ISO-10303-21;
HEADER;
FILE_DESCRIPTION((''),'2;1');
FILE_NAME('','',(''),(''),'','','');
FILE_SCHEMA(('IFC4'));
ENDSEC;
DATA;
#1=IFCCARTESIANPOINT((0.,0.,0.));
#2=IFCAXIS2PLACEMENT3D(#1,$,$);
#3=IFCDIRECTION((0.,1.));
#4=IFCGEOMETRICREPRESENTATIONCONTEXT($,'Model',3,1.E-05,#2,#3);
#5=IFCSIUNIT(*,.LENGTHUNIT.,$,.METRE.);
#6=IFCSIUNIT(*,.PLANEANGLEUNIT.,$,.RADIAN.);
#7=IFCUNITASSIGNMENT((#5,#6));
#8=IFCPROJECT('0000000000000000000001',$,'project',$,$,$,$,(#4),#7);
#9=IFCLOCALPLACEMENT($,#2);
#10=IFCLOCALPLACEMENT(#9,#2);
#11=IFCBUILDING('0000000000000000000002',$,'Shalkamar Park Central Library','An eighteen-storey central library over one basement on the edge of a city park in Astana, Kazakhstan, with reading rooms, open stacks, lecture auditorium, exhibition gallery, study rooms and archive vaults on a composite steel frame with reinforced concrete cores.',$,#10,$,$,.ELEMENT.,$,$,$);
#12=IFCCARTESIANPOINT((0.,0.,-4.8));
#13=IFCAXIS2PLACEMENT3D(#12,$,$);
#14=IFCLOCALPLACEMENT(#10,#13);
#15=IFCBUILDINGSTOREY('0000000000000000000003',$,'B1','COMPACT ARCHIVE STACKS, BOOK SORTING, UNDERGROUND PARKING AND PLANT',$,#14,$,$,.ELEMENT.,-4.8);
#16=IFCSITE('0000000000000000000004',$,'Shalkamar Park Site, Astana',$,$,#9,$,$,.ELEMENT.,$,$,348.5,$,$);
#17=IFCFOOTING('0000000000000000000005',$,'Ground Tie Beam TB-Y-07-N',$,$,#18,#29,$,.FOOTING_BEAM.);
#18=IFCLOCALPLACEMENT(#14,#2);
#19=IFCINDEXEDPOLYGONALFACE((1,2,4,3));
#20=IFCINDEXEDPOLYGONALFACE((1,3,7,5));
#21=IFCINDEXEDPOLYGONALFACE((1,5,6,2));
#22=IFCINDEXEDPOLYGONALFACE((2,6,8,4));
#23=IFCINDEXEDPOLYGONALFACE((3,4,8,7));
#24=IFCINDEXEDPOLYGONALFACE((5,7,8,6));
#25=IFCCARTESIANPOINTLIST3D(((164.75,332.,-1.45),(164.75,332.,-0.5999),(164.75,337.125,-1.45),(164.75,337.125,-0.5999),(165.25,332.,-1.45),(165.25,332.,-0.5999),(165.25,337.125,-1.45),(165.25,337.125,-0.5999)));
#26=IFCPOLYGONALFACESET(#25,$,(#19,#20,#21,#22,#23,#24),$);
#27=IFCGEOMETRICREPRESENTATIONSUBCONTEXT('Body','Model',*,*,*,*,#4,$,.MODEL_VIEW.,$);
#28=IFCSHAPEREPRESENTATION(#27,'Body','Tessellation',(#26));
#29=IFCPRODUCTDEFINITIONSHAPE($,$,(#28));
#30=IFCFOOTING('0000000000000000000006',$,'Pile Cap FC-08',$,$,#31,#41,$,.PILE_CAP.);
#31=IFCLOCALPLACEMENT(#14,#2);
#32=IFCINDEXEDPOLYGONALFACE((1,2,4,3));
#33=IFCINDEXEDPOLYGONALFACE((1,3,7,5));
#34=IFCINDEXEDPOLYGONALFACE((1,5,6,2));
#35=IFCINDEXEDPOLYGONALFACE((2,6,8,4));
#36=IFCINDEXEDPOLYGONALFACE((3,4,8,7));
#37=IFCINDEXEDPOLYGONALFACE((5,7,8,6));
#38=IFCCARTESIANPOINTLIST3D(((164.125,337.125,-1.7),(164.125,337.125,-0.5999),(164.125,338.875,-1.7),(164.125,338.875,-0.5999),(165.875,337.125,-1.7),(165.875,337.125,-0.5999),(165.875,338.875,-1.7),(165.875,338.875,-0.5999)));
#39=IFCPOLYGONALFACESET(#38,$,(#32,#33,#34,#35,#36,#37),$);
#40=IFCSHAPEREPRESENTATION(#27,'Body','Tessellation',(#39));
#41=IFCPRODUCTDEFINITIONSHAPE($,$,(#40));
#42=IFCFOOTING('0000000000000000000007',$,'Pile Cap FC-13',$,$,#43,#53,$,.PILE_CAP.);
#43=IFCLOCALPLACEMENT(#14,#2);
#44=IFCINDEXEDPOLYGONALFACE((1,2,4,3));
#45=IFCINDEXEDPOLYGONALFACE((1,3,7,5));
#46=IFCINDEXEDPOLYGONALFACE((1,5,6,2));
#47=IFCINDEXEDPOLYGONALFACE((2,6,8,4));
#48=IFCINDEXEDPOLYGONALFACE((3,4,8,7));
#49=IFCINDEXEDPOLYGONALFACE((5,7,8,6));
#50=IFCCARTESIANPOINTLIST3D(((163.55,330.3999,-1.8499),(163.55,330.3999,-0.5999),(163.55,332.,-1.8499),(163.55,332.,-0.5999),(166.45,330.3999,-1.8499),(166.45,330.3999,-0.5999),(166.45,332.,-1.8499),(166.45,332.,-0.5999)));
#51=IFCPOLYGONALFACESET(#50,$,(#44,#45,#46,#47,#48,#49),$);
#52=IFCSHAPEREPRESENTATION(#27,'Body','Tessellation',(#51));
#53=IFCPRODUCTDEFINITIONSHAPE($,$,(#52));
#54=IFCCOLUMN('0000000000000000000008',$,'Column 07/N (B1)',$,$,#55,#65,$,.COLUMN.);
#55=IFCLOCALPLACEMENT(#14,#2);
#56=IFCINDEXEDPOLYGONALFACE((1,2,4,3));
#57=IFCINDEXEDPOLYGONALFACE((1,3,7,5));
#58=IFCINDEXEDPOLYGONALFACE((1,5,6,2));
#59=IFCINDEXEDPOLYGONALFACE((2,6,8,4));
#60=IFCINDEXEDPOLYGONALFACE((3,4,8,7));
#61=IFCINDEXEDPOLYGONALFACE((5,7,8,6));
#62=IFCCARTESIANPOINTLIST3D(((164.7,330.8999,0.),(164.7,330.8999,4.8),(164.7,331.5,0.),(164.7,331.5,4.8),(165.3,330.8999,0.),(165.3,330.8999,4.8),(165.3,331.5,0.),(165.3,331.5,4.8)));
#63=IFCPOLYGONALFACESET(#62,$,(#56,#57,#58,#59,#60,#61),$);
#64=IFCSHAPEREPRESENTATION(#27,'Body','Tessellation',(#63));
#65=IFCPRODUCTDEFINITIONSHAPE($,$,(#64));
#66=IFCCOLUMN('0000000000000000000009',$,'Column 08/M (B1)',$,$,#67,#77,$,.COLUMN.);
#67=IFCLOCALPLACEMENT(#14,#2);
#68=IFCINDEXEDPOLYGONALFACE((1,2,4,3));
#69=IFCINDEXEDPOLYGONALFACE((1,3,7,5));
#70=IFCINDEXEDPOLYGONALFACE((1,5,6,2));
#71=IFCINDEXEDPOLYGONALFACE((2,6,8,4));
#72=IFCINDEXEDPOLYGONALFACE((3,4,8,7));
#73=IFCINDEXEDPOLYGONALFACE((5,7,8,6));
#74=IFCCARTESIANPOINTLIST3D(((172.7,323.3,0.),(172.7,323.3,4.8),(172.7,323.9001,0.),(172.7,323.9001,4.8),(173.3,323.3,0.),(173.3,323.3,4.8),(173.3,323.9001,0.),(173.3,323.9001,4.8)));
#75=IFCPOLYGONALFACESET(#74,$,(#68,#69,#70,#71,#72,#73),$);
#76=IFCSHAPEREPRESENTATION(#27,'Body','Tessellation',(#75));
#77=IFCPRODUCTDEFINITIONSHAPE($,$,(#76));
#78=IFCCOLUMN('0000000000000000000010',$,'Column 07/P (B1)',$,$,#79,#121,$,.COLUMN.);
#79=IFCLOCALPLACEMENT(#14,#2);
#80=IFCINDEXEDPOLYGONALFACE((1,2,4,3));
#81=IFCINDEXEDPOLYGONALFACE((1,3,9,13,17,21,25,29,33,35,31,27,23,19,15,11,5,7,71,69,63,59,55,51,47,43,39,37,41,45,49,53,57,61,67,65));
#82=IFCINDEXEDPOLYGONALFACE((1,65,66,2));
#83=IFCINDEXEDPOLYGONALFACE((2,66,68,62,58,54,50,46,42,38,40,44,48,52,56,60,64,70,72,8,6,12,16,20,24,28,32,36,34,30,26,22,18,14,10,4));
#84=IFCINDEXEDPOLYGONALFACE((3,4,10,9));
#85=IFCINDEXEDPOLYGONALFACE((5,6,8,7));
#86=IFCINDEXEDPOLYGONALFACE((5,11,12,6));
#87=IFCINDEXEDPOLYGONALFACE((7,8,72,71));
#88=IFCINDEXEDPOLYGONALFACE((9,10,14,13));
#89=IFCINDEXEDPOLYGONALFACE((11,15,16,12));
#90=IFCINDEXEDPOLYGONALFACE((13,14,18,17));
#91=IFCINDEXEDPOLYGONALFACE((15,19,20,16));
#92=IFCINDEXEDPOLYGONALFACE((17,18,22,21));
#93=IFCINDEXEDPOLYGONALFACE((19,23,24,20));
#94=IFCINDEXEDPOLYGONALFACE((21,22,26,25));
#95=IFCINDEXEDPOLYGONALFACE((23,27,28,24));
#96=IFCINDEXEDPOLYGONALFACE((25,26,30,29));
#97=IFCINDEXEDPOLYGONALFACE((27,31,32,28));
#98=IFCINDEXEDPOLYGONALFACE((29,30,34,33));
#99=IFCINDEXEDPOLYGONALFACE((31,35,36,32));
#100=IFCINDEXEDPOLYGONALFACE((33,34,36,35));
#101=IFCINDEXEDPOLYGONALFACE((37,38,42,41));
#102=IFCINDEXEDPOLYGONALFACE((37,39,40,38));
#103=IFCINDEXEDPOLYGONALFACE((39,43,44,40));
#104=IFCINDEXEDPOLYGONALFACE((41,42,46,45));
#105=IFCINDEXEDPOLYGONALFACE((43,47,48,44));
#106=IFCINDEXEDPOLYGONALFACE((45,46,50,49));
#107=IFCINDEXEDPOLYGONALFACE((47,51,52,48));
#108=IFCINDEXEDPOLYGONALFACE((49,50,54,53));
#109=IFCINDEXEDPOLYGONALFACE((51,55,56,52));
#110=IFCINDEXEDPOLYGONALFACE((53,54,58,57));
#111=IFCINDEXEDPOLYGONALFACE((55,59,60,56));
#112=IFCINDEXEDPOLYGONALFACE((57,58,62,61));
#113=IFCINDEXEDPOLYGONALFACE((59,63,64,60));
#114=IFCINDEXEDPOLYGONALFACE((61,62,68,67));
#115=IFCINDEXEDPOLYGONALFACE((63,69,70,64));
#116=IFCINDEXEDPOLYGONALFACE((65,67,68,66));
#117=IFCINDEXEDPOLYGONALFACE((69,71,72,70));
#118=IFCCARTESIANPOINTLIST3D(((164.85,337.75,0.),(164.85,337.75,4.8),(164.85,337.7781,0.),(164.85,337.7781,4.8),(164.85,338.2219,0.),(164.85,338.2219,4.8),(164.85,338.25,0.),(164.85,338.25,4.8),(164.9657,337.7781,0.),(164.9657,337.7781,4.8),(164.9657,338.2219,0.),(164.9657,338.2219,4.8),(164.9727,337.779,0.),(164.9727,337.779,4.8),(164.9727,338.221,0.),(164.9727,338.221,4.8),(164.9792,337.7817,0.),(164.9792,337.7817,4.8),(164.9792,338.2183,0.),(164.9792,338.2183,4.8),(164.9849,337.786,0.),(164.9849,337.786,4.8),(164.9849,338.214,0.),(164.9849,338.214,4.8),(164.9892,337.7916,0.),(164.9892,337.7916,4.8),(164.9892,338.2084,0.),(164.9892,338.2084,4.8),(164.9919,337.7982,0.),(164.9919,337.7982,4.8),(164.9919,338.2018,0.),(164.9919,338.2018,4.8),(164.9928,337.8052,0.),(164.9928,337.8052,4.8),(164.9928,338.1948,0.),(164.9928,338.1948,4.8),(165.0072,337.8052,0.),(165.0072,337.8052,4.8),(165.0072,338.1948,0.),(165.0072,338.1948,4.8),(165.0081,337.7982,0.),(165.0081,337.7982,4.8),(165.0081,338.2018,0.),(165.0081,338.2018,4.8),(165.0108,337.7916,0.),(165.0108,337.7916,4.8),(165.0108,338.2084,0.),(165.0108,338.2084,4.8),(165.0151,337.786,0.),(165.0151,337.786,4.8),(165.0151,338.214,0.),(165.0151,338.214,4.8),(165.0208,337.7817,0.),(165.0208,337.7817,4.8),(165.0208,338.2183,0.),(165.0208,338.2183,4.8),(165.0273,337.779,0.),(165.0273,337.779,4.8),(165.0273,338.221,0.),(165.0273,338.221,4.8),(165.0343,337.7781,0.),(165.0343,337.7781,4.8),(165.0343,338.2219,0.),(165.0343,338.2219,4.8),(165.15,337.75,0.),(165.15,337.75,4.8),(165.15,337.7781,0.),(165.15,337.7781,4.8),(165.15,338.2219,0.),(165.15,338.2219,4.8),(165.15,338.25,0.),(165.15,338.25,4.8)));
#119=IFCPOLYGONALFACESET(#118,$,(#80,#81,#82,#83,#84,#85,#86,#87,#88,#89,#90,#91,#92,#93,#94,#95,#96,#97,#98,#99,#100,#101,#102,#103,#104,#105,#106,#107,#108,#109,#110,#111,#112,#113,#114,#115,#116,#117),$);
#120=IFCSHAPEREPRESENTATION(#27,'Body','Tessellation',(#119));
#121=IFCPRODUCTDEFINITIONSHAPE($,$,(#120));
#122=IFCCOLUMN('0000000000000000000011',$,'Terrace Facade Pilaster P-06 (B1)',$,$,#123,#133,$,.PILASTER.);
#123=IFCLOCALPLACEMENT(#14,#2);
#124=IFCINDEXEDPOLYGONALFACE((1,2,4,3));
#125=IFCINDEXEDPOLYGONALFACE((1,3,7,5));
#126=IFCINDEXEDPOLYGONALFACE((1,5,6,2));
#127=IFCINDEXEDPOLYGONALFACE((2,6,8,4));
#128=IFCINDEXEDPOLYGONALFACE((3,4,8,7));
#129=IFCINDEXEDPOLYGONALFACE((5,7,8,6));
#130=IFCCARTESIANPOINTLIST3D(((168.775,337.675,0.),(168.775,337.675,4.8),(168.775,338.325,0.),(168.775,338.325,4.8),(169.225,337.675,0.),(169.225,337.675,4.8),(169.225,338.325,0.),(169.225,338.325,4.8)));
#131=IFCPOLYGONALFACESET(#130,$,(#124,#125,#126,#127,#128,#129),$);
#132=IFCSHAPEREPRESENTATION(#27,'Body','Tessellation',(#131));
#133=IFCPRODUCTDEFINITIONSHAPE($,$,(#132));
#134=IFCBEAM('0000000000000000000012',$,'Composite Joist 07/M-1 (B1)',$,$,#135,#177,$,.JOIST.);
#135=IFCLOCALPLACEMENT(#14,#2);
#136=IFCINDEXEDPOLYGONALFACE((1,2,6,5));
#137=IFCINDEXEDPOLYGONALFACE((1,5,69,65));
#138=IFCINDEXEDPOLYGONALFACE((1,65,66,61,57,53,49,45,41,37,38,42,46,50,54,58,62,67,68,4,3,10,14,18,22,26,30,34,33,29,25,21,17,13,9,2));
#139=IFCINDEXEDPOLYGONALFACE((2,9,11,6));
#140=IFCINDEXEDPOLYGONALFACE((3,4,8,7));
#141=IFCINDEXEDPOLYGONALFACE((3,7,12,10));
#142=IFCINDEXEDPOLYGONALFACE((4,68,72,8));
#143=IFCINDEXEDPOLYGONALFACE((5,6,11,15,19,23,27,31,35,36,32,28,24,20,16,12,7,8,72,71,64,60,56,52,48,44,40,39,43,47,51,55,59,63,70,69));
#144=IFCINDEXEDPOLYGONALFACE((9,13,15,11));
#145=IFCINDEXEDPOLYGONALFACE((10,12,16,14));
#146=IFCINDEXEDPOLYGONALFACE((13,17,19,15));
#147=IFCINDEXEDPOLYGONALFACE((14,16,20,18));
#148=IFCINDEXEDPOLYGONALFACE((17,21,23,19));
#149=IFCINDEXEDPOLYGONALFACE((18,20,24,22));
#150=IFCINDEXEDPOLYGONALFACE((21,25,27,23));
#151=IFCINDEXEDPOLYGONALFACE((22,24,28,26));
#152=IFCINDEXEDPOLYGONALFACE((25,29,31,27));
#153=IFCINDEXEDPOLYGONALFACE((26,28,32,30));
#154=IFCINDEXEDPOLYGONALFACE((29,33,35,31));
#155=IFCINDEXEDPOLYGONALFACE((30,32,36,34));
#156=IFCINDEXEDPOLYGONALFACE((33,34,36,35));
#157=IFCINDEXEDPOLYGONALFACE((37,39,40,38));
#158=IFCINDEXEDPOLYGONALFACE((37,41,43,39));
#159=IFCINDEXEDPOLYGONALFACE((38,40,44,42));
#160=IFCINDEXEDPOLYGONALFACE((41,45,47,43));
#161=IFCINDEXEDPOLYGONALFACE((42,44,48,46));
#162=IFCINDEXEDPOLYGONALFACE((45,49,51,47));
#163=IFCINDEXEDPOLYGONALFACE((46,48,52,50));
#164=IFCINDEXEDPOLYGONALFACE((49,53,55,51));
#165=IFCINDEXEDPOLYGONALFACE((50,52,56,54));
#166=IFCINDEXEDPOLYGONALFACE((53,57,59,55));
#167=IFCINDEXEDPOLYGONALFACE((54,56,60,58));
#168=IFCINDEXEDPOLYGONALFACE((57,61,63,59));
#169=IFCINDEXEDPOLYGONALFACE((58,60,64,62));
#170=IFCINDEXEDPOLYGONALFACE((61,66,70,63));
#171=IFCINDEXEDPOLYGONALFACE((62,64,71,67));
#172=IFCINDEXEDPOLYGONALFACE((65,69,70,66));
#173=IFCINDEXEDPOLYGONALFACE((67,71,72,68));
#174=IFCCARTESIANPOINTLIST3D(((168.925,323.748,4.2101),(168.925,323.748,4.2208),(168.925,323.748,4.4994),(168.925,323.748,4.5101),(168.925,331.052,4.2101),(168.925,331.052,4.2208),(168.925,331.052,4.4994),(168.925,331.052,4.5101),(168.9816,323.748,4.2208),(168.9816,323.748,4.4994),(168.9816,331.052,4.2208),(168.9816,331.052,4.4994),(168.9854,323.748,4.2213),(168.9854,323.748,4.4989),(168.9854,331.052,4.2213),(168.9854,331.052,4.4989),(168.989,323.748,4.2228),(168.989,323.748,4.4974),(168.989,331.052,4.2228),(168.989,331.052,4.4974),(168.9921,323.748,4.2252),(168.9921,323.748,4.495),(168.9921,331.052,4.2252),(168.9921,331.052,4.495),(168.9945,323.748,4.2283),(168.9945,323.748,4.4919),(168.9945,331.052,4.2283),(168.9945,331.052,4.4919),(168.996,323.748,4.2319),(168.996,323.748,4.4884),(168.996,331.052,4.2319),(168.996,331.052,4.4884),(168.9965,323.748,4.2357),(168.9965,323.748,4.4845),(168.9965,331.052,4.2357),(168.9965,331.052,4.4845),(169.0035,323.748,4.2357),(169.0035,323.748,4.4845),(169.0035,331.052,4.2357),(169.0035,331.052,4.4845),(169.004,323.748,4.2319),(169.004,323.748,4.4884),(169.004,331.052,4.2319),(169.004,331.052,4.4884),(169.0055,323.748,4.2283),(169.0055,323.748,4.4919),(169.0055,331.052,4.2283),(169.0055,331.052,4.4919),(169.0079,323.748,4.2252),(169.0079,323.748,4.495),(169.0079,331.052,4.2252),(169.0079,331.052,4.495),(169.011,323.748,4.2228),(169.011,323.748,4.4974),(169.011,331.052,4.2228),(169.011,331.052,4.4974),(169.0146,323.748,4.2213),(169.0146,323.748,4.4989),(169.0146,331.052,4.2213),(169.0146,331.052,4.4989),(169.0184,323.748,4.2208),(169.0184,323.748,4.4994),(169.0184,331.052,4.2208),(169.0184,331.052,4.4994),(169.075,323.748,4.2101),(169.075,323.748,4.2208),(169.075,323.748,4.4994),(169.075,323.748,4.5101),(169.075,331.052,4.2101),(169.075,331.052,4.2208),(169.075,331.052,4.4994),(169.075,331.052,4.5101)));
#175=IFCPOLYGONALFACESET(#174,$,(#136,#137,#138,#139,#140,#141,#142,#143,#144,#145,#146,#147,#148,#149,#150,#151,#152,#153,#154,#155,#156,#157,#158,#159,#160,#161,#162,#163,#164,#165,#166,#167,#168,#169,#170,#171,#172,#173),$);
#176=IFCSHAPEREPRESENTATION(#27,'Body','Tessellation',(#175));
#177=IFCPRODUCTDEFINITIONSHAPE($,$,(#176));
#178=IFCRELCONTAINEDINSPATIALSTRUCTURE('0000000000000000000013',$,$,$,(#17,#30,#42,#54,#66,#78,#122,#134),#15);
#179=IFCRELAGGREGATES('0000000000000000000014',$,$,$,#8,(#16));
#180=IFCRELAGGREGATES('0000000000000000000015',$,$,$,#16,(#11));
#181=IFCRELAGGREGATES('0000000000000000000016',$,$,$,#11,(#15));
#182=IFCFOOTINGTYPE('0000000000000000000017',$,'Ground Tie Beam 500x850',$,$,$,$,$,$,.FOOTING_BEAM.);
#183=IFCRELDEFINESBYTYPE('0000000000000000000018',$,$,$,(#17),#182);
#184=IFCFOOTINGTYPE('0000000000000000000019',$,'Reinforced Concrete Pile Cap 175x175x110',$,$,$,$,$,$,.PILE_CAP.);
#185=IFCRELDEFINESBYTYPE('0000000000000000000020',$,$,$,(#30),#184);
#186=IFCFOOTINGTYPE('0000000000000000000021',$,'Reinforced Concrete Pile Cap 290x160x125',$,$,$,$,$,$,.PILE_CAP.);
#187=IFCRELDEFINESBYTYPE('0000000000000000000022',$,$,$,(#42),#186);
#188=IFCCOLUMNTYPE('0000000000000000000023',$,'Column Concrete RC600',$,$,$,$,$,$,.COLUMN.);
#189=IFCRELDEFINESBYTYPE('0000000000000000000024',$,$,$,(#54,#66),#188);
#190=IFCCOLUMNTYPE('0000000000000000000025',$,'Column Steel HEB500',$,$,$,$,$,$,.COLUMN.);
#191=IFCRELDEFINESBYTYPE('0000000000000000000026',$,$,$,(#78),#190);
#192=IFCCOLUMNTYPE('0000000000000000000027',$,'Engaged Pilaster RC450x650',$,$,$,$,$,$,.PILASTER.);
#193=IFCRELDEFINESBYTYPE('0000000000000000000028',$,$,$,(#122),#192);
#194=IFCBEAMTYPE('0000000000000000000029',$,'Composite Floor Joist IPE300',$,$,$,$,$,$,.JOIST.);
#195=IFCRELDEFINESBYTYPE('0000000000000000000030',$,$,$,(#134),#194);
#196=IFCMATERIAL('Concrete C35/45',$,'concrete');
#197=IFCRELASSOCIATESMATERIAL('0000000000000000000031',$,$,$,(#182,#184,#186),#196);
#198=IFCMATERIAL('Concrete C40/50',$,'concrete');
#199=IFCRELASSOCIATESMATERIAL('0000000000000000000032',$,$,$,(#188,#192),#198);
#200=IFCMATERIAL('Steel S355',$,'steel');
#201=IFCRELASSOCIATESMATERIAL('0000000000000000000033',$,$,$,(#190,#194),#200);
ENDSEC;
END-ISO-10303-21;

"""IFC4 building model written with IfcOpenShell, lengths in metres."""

from ifc_helpers import new_model, si_unit, direction, frame, origin, origin_2d, place, context, subcontext, project, spatial, rectangle, i_section, extrude, material, material_profile, profile_set, type_object, element, save


model = new_model("IFC4")

# Units and contexts
model_context = context("Model", 3, precision=1e-05, world=origin(), true_north=direction((0.0, 1.0)))
body_context = subcontext(model_context, "Body", "Model", "MODEL_VIEW")
ifc_project = project(units=[si_unit("LENGTHUNIT", "METRE"), si_unit("PLANEANGLEUNIT", "RADIAN")], contexts=[model_context])

# Site, building, storey
site_placement = place(None, origin())
site = spatial("IfcSite", under=ifc_project, at=site_placement, Name="Shalkamar Park Site, Astana", CompositionType="ELEMENT", RefElevation=348.5)
building_placement = place(site_placement, origin())
building = spatial("IfcBuilding", under=site, at=building_placement, Name="Shalkamar Park Central Library", Description="An eighteen-storey central library over one basement on the edge of a city park in Astana, Kazakhstan, with reading rooms, open stacks, lecture auditorium, exhibition gallery, study rooms and archive vaults on a composite steel frame with reinforced concrete cores.", CompositionType="ELEMENT")
storey_placement = place(building_placement, frame((0.0, 0.0, -4.8)))
storey = spatial("IfcBuildingStorey", under=building, at=storey_placement, Name="B1", Description="COMPACT ARCHIVE STACKS, BOOK SORTING, UNDERGROUND PARKING AND PLANT", CompositionType="ELEMENT", Elevation=-4.8)

# Shared definitions
ifc_material_1 = material(Name="Concrete C35/45", Category="concrete")

# Footings
footing_type_1 = type_object("IfcFootingType", Name="Ground Tie Beam 500x850", PredefinedType="FOOTING_BEAM", material=ifc_material_1)
footing_1_placement = place(storey_placement, frame((165.0, 334.5625, -1.45), z_axis=(0.0, 0.0, 1.0), x_axis=(0.0, 1.0, 0.0)))
element("IfcFooting", 1, at=footing_1_placement, inside=storey, type_object=footing_type_1, Name="Ground Tie Beam TB-Y-07-N", PredefinedType="FOOTING_BEAM", context=body_context, shape_type="SweptSolid", body=[
    extrude(rectangle(XDim=5.125, YDim=0.5, at=origin_2d()), origin(), (0.0, 0.0, 1.0), 0.8501),
])
footing_type_2 = type_object("IfcFootingType", Name="Reinforced Concrete Pile Cap 175x175x110", PredefinedType="PILE_CAP", material=ifc_material_1)
footing_2_placement = place(storey_placement, frame((165.0, 338.0, -1.7), z_axis=(0.0, 0.0, 1.0), x_axis=(1.0, 0.0, 0.0)))
element("IfcFooting", 2, at=footing_2_placement, inside=storey, type_object=footing_type_2, Name="Pile Cap FC-08", PredefinedType="PILE_CAP", context=body_context, shape_type="SweptSolid", body=[
    extrude(rectangle(XDim=1.75, YDim=1.75, at=origin_2d()), origin(), (0.0, 0.0, 1.0), 1.1001),
])
footing_type_3 = type_object("IfcFootingType", Name="Reinforced Concrete Pile Cap 290x160x125", PredefinedType="PILE_CAP", material=ifc_material_1)
footing_3_placement = place(storey_placement, frame((165.0, 331.2, -1.8499), z_axis=(0.0, 0.0, 1.0), x_axis=(1.0, 0.0, 0.0)))
element("IfcFooting", 3, at=footing_3_placement, inside=storey, type_object=footing_type_3, Name="Pile Cap FC-13", PredefinedType="PILE_CAP", context=body_context, shape_type="SweptSolid", body=[
    extrude(rectangle(XDim=2.8999, YDim=1.6001, at=origin_2d()), origin(), (0.0, 0.0, 1.0), 1.25),
])

# Columns
ifc_material_2 = material(Name="Concrete C40/50", Category="concrete")
ifc_material_profile_1 = material_profile(ifc_material_2, rectangle(XDim=0.6001, YDim=0.6001, at=origin_2d()), Name="RC 600x600")
ifc_profile_set_1 = profile_set([ifc_material_profile_1], Name="Concrete C40/50")
column_type_1 = type_object("IfcColumnType", Name="Column Concrete RC600", PredefinedType="COLUMN", material=ifc_profile_set_1)
for number, where, z_axis, x_axis, name in (
    (4, (165.0, 331.2, 0.0), (0.0, 0.0, 1.0), (1.0, 0.0, 0.0), "Column 07/N (B1)"),
    (5, (173.0, 323.6001, 0.0), (0.0, 0.0, 1.0), (1.0, 0.0, 0.0), "Column 08/M (B1)"),
):
    element("IfcColumn", number, at=place(storey_placement, frame(where, z_axis=z_axis, x_axis=x_axis)), inside=storey, type_object=column_type_1, Name=name, PredefinedType="COLUMN", context=body_context, shape_type="SweptSolid", body=[
        extrude(rectangle(XDim=0.6001, YDim=0.6001, at=origin_2d()), origin(), (0.0, 0.0, 1.0), 4.8),
    ])
ifc_material_3 = material(Name="Steel S355", Category="steel")
ifc_material_profile_2 = material_profile(ifc_material_3, i_section(OverallWidth=0.3, OverallDepth=0.5, WebThickness=0.0144, FlangeThickness=0.0281, FilletRadius=0.0271, at=origin_2d()), Name="HEB 500")
ifc_profile_set_2 = profile_set([ifc_material_profile_2], Name="Steel S355")
column_type_2 = type_object("IfcColumnType", Name="Column Steel HEB500", PredefinedType="COLUMN", material=ifc_profile_set_2)
column_1_placement = place(storey_placement, frame((165.0, 338.0, 0.0), z_axis=(0.0, 0.0, 1.0), x_axis=(1.0, 0.0, 0.0)))
element("IfcColumn", 6, at=column_1_placement, inside=storey, type_object=column_type_2, Name="Column 07/P (B1)", PredefinedType="COLUMN", context=body_context, shape_type="SweptSolid", body=[
    extrude(i_section(OverallWidth=0.3, OverallDepth=0.5, WebThickness=0.0144, FlangeThickness=0.0281, FilletRadius=0.0271, at=origin_2d()), origin(), (0.0, 0.0, 1.0), 4.8),
])
ifc_material_profile_3 = material_profile(ifc_material_2, rectangle(XDim=0.45, YDim=0.6499, at=origin_2d()), Name="RC 450x650")
ifc_profile_set_3 = profile_set([ifc_material_profile_3], Name="Concrete C40/50")
column_type_3 = type_object("IfcColumnType", Name="Engaged Pilaster RC450x650", PredefinedType="PILASTER", material=ifc_profile_set_3)
column_2_placement = place(storey_placement, frame((169.0, 338.0, 0.0), z_axis=(0.0, 0.0, 1.0), x_axis=(1.0, 0.0, 0.0)))
element("IfcColumn", 7, at=column_2_placement, inside=storey, type_object=column_type_3, Name="Terrace Facade Pilaster P-06 (B1)", PredefinedType="PILASTER", context=body_context, shape_type="SweptSolid", body=[
    extrude(rectangle(XDim=0.45, YDim=0.6499, at=origin_2d()), origin(), (0.0, 0.0, 1.0), 4.8),
])

# Beam
ifc_material_profile_4 = material_profile(ifc_material_3, i_section(OverallWidth=0.1499, OverallDepth=0.3, WebThickness=0.0071, FlangeThickness=0.0107, FilletRadius=0.0149, at=origin_2d()), Name="IPE 300")
ifc_profile_set_4 = profile_set([ifc_material_profile_4], Name="Steel S355")
beam_type_1 = type_object("IfcBeamType", Name="Composite Floor Joist IPE300", PredefinedType="JOIST", material=ifc_profile_set_4)
beam_1_placement = place(storey_placement, frame((169.0, 323.748, 4.3601), z_axis=(0.0, 1.0, 0.0), x_axis=(-1.0, 0.0, 0.0)))
element("IfcBeam", 8, at=beam_1_placement, inside=storey, type_object=beam_type_1, Name="Composite Joist 07/M-1 (B1)", PredefinedType="JOIST", context=body_context, shape_type="SweptSolid", body=[
    extrude(i_section(OverallWidth=0.1499, OverallDepth=0.3, WebThickness=0.0071, FlangeThickness=0.0107, FilletRadius=0.0149, at=origin_2d()), origin(), (0.0, 0.0, 1.0), 7.304),
])

save(model, "model.ifc")
